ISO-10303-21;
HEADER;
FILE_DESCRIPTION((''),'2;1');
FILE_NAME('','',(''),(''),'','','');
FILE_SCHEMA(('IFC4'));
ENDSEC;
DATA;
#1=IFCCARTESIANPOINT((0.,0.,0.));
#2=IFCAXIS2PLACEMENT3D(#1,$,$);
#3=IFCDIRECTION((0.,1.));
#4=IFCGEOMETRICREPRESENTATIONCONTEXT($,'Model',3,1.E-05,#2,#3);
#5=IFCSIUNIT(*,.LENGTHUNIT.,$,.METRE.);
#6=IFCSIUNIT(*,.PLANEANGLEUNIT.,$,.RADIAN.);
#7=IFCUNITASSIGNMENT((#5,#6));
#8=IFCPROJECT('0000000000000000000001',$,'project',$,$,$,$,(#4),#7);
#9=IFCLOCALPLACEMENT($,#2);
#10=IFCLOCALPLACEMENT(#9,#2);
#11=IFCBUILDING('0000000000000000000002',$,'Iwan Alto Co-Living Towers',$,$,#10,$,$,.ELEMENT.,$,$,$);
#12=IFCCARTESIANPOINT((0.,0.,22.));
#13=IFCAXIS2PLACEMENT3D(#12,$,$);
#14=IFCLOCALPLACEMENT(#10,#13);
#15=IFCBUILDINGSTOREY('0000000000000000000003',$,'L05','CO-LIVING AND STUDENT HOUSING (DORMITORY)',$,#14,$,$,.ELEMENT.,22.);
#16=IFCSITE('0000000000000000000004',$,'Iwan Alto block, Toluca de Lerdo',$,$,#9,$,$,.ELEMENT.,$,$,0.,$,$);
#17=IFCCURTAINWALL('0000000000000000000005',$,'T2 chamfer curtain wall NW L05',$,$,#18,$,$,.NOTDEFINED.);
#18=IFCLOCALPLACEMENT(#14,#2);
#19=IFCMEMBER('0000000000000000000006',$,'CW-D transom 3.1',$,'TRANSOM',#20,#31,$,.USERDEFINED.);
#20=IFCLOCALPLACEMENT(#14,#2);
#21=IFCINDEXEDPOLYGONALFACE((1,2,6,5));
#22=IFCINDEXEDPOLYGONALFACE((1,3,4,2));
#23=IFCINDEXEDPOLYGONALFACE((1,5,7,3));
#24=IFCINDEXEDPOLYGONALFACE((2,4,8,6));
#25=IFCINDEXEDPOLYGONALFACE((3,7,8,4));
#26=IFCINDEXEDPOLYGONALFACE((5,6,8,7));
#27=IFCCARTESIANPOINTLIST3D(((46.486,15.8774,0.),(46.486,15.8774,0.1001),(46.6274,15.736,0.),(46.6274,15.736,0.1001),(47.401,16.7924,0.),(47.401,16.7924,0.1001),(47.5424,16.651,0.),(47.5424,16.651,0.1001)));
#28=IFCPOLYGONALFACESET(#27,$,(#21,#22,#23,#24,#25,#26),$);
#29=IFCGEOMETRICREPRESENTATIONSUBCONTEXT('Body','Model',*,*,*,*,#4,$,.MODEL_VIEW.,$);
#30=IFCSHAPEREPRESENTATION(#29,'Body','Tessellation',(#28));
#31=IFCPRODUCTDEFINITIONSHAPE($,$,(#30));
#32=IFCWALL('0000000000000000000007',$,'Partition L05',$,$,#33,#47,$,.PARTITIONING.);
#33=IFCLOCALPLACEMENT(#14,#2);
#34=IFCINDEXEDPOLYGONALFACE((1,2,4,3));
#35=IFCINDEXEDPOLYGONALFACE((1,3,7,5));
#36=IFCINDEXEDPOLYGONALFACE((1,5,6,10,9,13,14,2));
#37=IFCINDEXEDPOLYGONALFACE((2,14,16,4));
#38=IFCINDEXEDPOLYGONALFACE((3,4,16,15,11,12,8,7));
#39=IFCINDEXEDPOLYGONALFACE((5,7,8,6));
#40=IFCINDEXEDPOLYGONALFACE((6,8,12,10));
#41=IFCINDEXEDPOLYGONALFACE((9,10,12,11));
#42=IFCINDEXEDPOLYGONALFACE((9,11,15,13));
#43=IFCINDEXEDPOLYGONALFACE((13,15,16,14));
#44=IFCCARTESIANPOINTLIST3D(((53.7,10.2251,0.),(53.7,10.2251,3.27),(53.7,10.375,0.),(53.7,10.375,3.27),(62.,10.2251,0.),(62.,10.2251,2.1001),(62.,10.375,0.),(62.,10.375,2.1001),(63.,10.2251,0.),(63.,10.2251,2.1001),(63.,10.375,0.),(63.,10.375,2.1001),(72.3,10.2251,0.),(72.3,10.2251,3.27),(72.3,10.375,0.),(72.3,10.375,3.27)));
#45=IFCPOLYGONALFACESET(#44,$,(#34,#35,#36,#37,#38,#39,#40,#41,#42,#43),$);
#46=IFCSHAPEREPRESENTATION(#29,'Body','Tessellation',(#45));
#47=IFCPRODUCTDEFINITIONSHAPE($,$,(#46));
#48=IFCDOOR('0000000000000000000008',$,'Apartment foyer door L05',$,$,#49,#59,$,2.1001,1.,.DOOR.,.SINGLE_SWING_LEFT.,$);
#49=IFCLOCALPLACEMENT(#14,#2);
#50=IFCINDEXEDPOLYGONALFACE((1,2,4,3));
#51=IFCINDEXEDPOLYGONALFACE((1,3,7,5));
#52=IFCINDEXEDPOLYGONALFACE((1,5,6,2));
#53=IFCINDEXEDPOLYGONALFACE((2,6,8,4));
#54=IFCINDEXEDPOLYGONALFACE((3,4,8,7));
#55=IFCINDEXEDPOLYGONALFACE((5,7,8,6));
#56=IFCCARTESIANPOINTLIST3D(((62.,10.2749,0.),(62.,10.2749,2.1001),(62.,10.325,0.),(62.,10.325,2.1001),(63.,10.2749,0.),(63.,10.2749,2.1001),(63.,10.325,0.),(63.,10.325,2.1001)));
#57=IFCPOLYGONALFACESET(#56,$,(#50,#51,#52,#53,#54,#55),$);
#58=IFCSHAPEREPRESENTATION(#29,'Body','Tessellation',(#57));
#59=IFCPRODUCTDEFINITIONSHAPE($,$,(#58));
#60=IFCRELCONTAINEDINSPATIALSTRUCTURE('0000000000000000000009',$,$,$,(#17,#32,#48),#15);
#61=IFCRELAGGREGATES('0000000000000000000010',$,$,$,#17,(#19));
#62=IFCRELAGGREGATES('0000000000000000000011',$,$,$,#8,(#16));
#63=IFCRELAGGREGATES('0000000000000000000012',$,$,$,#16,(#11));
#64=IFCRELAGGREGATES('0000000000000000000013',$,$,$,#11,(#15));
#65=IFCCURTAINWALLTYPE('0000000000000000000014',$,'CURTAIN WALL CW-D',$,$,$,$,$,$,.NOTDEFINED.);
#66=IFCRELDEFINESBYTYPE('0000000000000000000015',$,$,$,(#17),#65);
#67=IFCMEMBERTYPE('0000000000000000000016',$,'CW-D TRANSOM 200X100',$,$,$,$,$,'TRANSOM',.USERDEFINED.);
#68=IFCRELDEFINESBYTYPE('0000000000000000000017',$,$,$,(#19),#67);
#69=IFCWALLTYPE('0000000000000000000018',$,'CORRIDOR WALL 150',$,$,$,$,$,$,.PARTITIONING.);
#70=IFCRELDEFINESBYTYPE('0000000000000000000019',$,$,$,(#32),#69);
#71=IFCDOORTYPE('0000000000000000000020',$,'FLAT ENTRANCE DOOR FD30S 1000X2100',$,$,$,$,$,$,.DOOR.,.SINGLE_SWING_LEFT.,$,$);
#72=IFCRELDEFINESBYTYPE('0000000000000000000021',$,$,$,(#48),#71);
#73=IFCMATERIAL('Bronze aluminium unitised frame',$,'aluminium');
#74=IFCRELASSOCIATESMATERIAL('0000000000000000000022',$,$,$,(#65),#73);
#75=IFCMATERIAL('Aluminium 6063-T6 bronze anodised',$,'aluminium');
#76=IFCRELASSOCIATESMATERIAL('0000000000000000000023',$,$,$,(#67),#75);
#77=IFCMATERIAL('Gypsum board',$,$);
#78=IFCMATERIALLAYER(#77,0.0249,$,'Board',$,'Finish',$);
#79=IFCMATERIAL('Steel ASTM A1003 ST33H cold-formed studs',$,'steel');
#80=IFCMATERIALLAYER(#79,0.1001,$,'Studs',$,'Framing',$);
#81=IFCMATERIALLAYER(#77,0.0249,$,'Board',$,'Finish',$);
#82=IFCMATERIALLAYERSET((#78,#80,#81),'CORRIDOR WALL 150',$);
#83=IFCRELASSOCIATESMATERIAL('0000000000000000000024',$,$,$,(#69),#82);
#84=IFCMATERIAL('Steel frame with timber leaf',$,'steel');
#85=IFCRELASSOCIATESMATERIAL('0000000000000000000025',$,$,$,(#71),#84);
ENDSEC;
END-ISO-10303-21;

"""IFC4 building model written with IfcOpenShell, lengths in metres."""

from ifc_helpers import new_model, si_unit, direction, frame, frame_2d, origin, origin_2d, place, context, subcontext, project, spatial, rectangle, extrude, material, layer, layer_set, material_profile, profile_set, type_object, element, fill, aggregate, save


model = new_model("IFC4")

# Units and contexts
model_context = context("Model", 3, precision=1e-05, world=origin(), true_north=direction((0.0, 1.0)))
body_context = subcontext(model_context, "Body", "Model", "MODEL_VIEW")
ifc_project = project(units=[si_unit("LENGTHUNIT", "METRE"), si_unit("PLANEANGLEUNIT", "RADIAN")], contexts=[model_context])

# Site, building, storey
site_placement = place(None, origin())
site = spatial("IfcSite", under=ifc_project, at=site_placement, Name="Iwan Alto block, Toluca de Lerdo", CompositionType="ELEMENT", RefElevation=0.0)
building_placement = place(site_placement, origin())
building = spatial("IfcBuilding", under=site, at=building_placement, Name="Iwan Alto Co-Living Towers", CompositionType="ELEMENT")
storey_placement = place(building_placement, frame((0.0, 0.0, 22.0)))
storey = spatial("IfcBuildingStorey", under=building, at=storey_placement, Name="L05", Description="CO-LIVING AND STUDENT HOUSING (DORMITORY)", CompositionType="ELEMENT", Elevation=22.0)

# Curtain wall, member
ifc_material_1 = material(Name="Bronze aluminium unitised frame", Category="aluminium")
curtain_wall_type = type_object("IfcCurtainWallType", Name="CURTAIN WALL CW-D", PredefinedType="NOTDEFINED", material=ifc_material_1)
curtain_wall_placement = place(storey_placement, origin())
curtain_wall = element("IfcCurtainWall", 1, at=curtain_wall_placement, inside=storey, type_object=curtain_wall_type, Name="T2 chamfer curtain wall NW L05", PredefinedType="NOTDEFINED")
ifc_material_2 = material(Name="Aluminium 6063-T6 bronze anodised", Category="aluminium")
ifc_material_profile = material_profile(ifc_material_2, rectangle(XDim=0.2, YDim=0.1001, at=origin_2d()), Name="AL 200X100")
ifc_profile_set = profile_set([ifc_material_profile], Name="Aluminium 6063-T6 bronze anodised")
member_type = type_object("IfcMemberType", Name="CW-D TRANSOM 200X100", ElementType="TRANSOM", PredefinedType="USERDEFINED", material=ifc_profile_set)
member_placement = place(storey_placement, frame((47.4717, 16.7217, 0.05), z_axis=(-0.707107, -0.707107, 0.0), x_axis=(0.707107, -0.707107, 0.0)))
member = element("IfcMember", 2, at=member_placement, type_object=member_type, Name="CW-D transom 3.1", ObjectType="TRANSOM", PredefinedType="USERDEFINED", context=body_context, shape_type="SweptSolid", body=[
    extrude(rectangle(XDim=0.2, YDim=0.1001, at=origin_2d()), origin(), (0.0, 0.0, 1.0), 1.2939),
])
aggregate(curtain_wall, [member])

# Wall, opening, door
ifc_material_3 = material(Name="Gypsum board")
ifc_layer_1 = layer(ifc_material_3, 0.0249, Name="Board", Category="Finish")
ifc_material_4 = material(Name="Steel ASTM A1003 ST33H cold-formed studs", Category="steel")
ifc_layer_2 = layer(ifc_material_4, 0.1001, Name="Studs", Category="Framing")
ifc_layer_3 = layer(ifc_material_3, 0.0249, Name="Board", Category="Finish")
ifc_layer_set_1 = layer_set([ifc_layer_1, ifc_layer_2, ifc_layer_3], Name="CORRIDOR WALL 150")
wall_type_1 = type_object("IfcWallType", Name="CORRIDOR WALL 150", PredefinedType="PARTITIONING", material=ifc_layer_set_1)
wall_1_placement = place(storey_placement, frame((53.7, 10.3, 0.0), z_axis=(0.0, 0.0, 1.0), x_axis=(1.0, 0.0, 0.0)))
wall_1 = element("IfcWall", 3, at=wall_1_placement, inside=storey, type_object=wall_type_1, Name="Partition L05", PredefinedType="PARTITIONING", context=body_context, shape_type="SweptSolid", body=[
    extrude(rectangle(XDim=18.6001, YDim=0.1499, at=frame_2d((9.3, 0.0))), origin(), (0.0, 0.0, 1.0), 3.27),
])
opening_1_placement = place(wall_1_placement, frame((8.3, 0.0, 0.0)))
opening_1 = element("IfcOpeningElement", 4, at=opening_1_placement, cuts=wall_1, PredefinedType="OPENING", context=body_context, shape_type="SweptSolid", body=[
    extrude(rectangle(XDim=1.0, YDim=2.1001, at=frame_2d((0.5, 1.05))), frame((0.0, 0.085, 0.0), z_axis=(0.0, -1.0, 0.0), x_axis=(1.0, 0.0, 0.0)), (0.0, 0.0, 1.0), 0.1699),
])
ifc_material_5 = material(Name="Steel frame with timber leaf", Category="steel")
door_type_1 = type_object("IfcDoorType", Name="FLAT ENTRANCE DOOR FD30S 1000X2100", OperationType="SINGLE_SWING_LEFT", PredefinedType="DOOR", material=ifc_material_5)
door_1_placement = place(opening_1_placement, origin())
door_1 = element("IfcDoor", 5, at=door_1_placement, inside=storey, type_object=door_type_1, Name="Apartment foyer door L05", OperationType="SINGLE_SWING_LEFT", OverallHeight=2.1001, OverallWidth=1.0, PredefinedType="DOOR", context=body_context, shape_type="SweptSolid", body=[
    extrude(rectangle(XDim=1.0, YDim=2.1001, at=frame_2d((0.5, 1.05))), frame((0.0, 0.0249, 0.0), z_axis=(0.0, -1.0, 0.0), x_axis=(1.0, 0.0, 0.0)), (0.0, 0.0, 1.0), 0.05),
])
fill(opening_1, door_1)

save(model, "model.ifc")
